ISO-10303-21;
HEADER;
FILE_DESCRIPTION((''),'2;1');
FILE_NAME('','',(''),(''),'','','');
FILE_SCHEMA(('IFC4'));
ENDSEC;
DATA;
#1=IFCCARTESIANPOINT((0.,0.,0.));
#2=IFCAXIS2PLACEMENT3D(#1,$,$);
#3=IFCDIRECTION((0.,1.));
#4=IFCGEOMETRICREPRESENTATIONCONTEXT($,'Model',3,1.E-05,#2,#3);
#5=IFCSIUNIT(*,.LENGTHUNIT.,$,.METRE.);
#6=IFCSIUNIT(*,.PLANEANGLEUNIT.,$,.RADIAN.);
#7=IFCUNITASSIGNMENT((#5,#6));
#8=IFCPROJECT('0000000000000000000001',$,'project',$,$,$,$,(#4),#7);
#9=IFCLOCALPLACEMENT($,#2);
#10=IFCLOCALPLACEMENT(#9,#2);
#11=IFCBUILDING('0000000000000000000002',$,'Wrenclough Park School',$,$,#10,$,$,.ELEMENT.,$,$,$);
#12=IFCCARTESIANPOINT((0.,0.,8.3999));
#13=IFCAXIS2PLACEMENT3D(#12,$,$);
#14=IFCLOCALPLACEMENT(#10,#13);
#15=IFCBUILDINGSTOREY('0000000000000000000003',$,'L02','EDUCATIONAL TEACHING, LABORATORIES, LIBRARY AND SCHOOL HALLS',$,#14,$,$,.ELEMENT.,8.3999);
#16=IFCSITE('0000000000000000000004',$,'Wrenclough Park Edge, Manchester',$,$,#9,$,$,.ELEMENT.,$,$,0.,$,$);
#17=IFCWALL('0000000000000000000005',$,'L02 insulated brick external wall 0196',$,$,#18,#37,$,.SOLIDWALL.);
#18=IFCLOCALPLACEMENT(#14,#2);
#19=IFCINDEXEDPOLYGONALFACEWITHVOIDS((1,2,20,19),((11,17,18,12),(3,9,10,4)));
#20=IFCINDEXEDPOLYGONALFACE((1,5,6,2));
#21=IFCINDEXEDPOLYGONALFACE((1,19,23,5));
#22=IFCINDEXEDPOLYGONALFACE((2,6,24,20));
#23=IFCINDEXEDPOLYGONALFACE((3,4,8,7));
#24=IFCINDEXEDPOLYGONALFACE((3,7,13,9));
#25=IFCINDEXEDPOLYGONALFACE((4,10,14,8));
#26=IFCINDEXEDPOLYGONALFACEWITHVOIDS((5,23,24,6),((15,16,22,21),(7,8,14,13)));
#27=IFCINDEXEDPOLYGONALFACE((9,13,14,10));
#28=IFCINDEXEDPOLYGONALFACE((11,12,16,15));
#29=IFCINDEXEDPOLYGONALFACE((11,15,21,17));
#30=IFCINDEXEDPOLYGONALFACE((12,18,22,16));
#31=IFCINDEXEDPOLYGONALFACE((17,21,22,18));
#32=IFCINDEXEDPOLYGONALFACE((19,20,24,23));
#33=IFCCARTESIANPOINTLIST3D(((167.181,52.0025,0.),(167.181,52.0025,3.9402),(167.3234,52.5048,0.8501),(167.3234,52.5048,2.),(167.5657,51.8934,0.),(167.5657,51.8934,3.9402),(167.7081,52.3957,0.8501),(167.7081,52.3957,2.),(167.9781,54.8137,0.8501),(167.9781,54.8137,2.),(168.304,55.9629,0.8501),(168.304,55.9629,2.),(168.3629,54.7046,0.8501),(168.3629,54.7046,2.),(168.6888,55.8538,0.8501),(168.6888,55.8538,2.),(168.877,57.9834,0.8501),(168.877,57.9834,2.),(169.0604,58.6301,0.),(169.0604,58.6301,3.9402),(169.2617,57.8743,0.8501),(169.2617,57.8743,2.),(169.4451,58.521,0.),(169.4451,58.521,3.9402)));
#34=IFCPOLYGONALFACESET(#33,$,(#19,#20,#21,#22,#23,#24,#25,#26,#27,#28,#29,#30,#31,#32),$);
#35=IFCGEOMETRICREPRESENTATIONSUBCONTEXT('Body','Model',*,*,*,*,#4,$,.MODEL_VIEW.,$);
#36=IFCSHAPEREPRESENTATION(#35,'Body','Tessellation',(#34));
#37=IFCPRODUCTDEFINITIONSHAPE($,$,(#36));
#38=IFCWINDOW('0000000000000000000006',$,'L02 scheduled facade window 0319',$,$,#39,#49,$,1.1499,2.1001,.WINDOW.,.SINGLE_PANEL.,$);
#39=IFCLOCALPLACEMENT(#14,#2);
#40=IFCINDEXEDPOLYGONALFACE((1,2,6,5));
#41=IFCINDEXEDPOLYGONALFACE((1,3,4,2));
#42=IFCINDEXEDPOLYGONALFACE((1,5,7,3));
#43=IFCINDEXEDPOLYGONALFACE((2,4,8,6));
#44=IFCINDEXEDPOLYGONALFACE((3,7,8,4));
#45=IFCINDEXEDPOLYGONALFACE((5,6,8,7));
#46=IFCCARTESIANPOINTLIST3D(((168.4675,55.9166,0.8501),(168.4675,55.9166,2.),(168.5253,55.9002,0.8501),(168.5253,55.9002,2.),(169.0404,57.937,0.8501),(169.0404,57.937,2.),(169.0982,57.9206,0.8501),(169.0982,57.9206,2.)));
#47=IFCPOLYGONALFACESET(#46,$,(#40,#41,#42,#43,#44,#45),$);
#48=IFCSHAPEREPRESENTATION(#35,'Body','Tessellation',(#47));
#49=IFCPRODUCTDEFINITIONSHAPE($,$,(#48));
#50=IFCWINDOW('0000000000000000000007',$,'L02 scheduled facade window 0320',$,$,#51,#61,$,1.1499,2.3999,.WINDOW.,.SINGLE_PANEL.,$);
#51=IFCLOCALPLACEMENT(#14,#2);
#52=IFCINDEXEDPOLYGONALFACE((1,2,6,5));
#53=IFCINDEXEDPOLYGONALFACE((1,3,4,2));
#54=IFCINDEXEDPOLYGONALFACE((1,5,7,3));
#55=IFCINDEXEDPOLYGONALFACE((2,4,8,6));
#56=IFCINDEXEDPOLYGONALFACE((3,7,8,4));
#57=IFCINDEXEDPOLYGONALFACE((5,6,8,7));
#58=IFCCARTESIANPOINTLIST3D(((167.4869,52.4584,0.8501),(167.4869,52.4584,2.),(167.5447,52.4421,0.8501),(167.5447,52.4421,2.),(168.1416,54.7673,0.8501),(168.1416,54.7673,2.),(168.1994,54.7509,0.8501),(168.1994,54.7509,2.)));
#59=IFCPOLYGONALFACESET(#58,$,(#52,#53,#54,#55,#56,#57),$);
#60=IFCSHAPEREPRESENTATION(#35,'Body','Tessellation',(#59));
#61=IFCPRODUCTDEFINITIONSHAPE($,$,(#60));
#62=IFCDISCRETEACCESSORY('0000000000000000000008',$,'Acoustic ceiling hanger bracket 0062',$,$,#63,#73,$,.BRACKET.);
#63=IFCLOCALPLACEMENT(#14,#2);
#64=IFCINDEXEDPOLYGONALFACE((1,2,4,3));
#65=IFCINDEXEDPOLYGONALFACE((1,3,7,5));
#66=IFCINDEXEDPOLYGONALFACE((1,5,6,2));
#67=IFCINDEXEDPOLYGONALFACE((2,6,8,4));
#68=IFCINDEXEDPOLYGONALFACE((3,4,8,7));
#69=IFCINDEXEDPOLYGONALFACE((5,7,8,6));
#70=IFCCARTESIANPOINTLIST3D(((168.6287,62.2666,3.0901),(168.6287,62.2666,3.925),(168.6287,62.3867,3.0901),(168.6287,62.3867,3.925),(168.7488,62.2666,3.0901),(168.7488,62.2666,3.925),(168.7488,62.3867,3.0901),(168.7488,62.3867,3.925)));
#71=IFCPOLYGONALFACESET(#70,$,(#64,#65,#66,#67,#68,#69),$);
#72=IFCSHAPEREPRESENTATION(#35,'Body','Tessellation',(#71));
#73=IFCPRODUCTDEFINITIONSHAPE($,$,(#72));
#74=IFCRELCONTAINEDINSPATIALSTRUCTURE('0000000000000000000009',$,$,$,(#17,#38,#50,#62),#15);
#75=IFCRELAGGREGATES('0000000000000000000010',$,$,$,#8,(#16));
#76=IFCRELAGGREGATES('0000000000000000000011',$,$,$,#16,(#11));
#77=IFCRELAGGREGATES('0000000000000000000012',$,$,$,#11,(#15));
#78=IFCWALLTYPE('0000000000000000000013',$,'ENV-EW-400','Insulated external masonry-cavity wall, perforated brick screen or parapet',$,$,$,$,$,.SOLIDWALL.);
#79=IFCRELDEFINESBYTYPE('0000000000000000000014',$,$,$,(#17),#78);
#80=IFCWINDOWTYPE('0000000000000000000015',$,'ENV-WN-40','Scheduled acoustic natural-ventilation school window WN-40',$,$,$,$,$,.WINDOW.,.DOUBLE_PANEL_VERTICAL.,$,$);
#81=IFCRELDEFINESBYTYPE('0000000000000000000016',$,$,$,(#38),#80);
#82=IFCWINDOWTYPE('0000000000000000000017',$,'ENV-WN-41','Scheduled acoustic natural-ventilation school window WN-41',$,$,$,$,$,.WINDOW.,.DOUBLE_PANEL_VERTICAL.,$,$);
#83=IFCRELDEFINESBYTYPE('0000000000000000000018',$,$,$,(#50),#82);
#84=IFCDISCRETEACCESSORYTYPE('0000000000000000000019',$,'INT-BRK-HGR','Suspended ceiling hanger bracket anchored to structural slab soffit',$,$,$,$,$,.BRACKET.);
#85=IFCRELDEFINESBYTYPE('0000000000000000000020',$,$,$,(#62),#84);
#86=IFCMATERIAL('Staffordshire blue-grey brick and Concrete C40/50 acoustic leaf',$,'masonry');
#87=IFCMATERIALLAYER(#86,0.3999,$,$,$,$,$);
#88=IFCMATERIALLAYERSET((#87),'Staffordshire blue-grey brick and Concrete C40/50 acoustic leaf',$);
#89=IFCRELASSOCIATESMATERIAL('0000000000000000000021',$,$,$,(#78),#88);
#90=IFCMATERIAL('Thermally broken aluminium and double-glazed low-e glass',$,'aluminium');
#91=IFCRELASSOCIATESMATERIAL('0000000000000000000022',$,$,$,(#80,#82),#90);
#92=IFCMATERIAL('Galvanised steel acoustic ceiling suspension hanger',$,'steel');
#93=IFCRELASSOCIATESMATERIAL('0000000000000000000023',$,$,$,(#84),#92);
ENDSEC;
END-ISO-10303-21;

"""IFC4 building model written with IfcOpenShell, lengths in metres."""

from ifc_helpers import new_model, si_unit, direction, frame, frame_2d, origin, origin_2d, place, context, subcontext, project, spatial, rectangle, extrude, material, layer, layer_set, type_object, element, fill, save


model = new_model("IFC4")

# Units and contexts
model_context = context("Model", 3, precision=1e-05, world=origin(), true_north=direction((0.0, 1.0)))
body_context = subcontext(model_context, "Body", "Model", "MODEL_VIEW")
ifc_project = project(units=[si_unit("LENGTHUNIT", "METRE"), si_unit("PLANEANGLEUNIT", "RADIAN")], contexts=[model_context])

# Site, building, storey
site_placement = place(None, origin())
site = spatial("IfcSite", under=ifc_project, at=site_placement, Name="Wrenclough Park Edge, Manchester", CompositionType="ELEMENT", RefElevation=0.0)
building_placement = place(site_placement, origin())
building = spatial("IfcBuilding", under=site, at=building_placement, Name="Wrenclough Park School", CompositionType="ELEMENT")
storey_placement = place(building_placement, frame((0.0, 0.0, 8.3999)))
storey = spatial("IfcBuildingStorey", under=building, at=storey_placement, Name="L02", Description="EDUCATIONAL TEACHING, LABORATORIES, LIBRARY AND SCHOOL HALLS", CompositionType="ELEMENT", Elevation=8.3999)

# Wall, openings, windows
ifc_material_1 = material(Name="Thermally broken aluminium and double-glazed low-e glass", Category="aluminium")
ifc_material_2 = material(Name="Staffordshire blue-grey brick and Concrete C40/50 acoustic leaf", Category="masonry")
ifc_layer_1 = layer(ifc_material_2, 0.3999)
ifc_layer_set_1 = layer_set([ifc_layer_1], Name="Staffordshire blue-grey brick and Concrete C40/50 acoustic leaf")
wall_type_1 = type_object("IfcWallType", Name="ENV-EW-400", Description="Insulated external masonry-cavity wall, perforated brick screen or parapet", PredefinedType="SOLIDWALL", material=ifc_layer_set_1)
wall_1_placement = place(storey_placement, frame((169.2527, 58.5754, 0.0), z_axis=(0.0, 0.0, 1.0), x_axis=(-0.272811, -0.962068, 0.0)))
wall_1 = element("IfcWall", 1, at=wall_1_placement, inside=storey, type_object=wall_type_1, Name="L02 insulated brick external wall 0196", PredefinedType="SOLIDWALL", context=body_context, shape_type="SweptSolid", body=[
    extrude(rectangle(XDim=6.8889, YDim=0.3999, at=frame_2d((3.4443, 0.0))), origin(), (0.0, 0.0, 1.0), 3.9402),
])
opening_1_placement = place(wall_1_placement, frame((0.6721, 0.0, 0.8501)))
opening_1 = element("IfcOpeningElement", 2, at=opening_1_placement, cuts=wall_1, PredefinedType="OPENING", context=body_context, shape_type="SweptSolid", body=[
    extrude(rectangle(XDim=2.1001, YDim=1.1499, at=frame_2d((1.05, 0.575))), frame((0.0, 0.21, 0.0), z_axis=(0.0, -1.0, 0.0), x_axis=(1.0, 0.0, 0.0)), (0.0, 0.0, 1.0), 0.4199),
])
opening_2_placement = place(wall_1_placement, frame((3.9668, 0.0, 0.8501)))
opening_2 = element("IfcOpeningElement", 3, at=opening_2_placement, cuts=wall_1, PredefinedType="OPENING", context=body_context, shape_type="SweptSolid", body=[
    extrude(rectangle(XDim=2.3999, YDim=1.1499, at=frame_2d((1.2, 0.575))), frame((0.0, 0.21, 0.0), z_axis=(0.0, -1.0, 0.0), x_axis=(1.0, 0.0, 0.0)), (0.0, 0.0, 1.0), 0.4199),
])
window_type_1 = type_object("IfcWindowType", Name="ENV-WN-40", Description="Scheduled acoustic natural-ventilation school window WN-40", PartitioningType="DOUBLE_PANEL_VERTICAL", PredefinedType="WINDOW", material=ifc_material_1)
window_1_placement = place(opening_1_placement, origin())
window_1 = element("IfcWindow", 4, at=window_1_placement, inside=storey, type_object=window_type_1, Name="L02 scheduled facade window 0319", OverallHeight=1.1499, OverallWidth=2.1001, PartitioningType="SINGLE_PANEL", PredefinedType="WINDOW", context=body_context, shape_type="SweptSolid", body=[
    extrude(rectangle(XDim=2.1001, YDim=1.1499, at=frame_2d((1.05, 0.575))), frame((0.0, 0.03, 0.0), z_axis=(0.0, -1.0, 0.0), x_axis=(1.0, 0.0, 0.0)), (0.0, 0.0, 1.0), 0.0601),
])
fill(opening_1, window_1)
window_type_2 = type_object("IfcWindowType", Name="ENV-WN-41", Description="Scheduled acoustic natural-ventilation school window WN-41", PartitioningType="DOUBLE_PANEL_VERTICAL", PredefinedType="WINDOW", material=ifc_material_1)
window_2_placement = place(opening_2_placement, origin())
window_2 = element("IfcWindow", 5, at=window_2_placement, inside=storey, type_object=window_type_2, Name="L02 scheduled facade window 0320", OverallHeight=1.1499, OverallWidth=2.3999, PartitioningType="SINGLE_PANEL", PredefinedType="WINDOW", context=body_context, shape_type="SweptSolid", body=[
    extrude(rectangle(XDim=2.3999, YDim=1.1499, at=frame_2d((1.2, 0.575))), frame((0.0, 0.03, 0.0), z_axis=(0.0, -1.0, 0.0), x_axis=(1.0, 0.0, 0.0)), (0.0, 0.0, 1.0), 0.0601),
])
fill(opening_2, window_2)

# Discrete accessory
ifc_material_3 = material(Name="Galvanised steel acoustic ceiling suspension hanger", Category="steel")
discrete_accessory_type = type_object("IfcDiscreteAccessoryType", Name="INT-BRK-HGR", Description="Suspended ceiling hanger bracket anchored to structural slab soffit", PredefinedType="BRACKET", material=ifc_material_3)
discrete_accessory_placement = place(storey_placement, frame((168.6887, 62.3267, 3.0901), z_axis=(0.0, 0.0, 1.0), x_axis=(1.0, 0.0, 0.0)))
element("IfcDiscreteAccessory", 6, at=discrete_accessory_placement, inside=storey, type_object=discrete_accessory_type, Name="Acoustic ceiling hanger bracket 0062", PredefinedType="BRACKET", context=body_context, shape_type="SweptSolid", body=[
    extrude(rectangle(XDim=0.1201, YDim=0.1201, at=origin_2d()), origin(), (0.0, 0.0, 1.0), 0.835),
])

save(model, "model.ifc")
